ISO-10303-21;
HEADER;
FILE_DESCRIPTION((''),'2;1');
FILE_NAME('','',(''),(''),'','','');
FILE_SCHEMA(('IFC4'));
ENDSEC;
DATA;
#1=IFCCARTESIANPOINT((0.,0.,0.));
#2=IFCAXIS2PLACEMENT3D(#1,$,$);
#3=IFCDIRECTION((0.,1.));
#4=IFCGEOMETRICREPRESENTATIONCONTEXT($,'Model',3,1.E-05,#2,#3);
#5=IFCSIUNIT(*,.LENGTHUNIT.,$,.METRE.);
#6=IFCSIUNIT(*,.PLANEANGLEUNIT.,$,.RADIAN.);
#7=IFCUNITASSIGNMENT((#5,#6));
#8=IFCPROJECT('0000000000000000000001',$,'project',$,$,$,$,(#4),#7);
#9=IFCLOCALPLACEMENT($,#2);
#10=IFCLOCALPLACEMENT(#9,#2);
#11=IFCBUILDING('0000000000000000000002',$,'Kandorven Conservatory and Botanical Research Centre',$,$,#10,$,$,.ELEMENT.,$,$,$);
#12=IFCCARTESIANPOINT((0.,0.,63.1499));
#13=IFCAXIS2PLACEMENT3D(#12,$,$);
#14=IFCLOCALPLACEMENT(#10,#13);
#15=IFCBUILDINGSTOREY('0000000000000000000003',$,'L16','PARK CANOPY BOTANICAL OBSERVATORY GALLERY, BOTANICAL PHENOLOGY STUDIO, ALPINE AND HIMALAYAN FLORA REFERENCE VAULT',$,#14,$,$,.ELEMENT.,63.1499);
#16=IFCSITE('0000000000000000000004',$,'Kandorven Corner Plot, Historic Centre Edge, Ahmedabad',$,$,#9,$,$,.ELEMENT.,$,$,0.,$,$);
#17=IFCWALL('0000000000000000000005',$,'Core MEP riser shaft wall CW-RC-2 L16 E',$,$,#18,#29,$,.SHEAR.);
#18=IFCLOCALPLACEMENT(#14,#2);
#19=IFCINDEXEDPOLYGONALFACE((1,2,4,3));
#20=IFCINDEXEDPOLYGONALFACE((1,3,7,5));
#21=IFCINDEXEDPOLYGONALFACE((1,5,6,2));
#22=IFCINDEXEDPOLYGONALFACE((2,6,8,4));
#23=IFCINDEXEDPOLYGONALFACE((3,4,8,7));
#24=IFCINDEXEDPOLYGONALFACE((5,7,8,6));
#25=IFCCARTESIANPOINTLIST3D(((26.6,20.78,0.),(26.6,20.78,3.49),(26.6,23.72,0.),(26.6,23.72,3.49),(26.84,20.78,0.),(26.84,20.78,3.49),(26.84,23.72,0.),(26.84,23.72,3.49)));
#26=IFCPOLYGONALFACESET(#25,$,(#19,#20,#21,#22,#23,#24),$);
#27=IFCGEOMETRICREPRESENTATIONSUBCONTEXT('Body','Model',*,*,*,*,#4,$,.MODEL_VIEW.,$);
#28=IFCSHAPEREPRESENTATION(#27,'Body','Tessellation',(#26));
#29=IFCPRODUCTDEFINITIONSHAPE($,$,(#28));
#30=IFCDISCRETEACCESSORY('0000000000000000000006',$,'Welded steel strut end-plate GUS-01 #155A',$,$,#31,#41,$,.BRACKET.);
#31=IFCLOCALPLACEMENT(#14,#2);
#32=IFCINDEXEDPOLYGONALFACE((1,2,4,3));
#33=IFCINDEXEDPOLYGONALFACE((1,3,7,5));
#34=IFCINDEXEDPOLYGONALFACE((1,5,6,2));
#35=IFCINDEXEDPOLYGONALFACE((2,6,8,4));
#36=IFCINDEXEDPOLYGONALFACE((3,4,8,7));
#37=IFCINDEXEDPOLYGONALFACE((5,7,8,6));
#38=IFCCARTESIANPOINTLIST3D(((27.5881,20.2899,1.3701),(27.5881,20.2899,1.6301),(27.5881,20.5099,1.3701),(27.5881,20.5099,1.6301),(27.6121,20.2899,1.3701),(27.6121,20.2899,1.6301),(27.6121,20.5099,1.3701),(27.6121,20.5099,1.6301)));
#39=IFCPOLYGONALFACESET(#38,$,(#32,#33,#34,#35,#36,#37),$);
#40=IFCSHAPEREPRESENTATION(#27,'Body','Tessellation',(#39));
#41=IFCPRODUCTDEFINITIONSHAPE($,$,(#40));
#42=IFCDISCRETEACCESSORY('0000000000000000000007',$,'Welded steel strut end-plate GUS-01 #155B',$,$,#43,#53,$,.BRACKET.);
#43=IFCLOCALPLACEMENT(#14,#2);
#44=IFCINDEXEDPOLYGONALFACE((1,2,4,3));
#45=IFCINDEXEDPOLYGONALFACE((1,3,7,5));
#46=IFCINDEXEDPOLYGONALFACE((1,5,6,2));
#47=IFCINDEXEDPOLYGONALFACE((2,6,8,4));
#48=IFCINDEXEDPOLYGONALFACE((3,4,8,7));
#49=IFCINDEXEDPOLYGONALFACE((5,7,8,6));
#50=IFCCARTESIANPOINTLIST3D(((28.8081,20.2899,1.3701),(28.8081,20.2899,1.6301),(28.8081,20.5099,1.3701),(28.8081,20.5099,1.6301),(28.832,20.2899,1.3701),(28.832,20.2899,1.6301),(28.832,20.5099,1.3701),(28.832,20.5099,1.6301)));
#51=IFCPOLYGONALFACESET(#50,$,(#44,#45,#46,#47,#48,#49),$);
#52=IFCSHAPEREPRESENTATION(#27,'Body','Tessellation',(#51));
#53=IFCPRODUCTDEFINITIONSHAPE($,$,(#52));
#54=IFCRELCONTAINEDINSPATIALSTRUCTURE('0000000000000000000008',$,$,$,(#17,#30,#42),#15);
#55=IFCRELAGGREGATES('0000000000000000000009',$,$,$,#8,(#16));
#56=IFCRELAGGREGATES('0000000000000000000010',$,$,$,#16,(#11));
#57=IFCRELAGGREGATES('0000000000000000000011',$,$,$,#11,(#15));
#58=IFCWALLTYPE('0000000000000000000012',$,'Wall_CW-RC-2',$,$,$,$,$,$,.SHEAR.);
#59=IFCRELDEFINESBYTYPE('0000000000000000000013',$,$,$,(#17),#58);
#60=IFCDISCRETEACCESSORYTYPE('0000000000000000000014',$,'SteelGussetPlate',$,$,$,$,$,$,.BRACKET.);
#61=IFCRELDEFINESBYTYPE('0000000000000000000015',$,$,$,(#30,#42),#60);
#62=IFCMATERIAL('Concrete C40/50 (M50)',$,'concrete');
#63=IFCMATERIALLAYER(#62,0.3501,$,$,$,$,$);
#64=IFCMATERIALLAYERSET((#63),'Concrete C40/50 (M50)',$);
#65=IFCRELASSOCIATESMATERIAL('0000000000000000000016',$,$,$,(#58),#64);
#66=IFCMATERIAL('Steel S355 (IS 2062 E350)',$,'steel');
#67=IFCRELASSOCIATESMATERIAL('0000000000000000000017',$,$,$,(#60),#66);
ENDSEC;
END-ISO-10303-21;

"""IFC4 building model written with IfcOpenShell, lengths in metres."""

from ifc_helpers import new_model, si_unit, direction, frame, frame_2d, origin, origin_2d, place, context, subcontext, project, spatial, rectangle, extrude, material, layer, layer_set, type_object, element, save


model = new_model("IFC4")

# Units and contexts
model_context = context("Model", 3, precision=1e-05, world=origin(), true_north=direction((0.0, 1.0)))
body_context = subcontext(model_context, "Body", "Model", "MODEL_VIEW")
ifc_project = project(units=[si_unit("LENGTHUNIT", "METRE"), si_unit("PLANEANGLEUNIT", "RADIAN")], contexts=[model_context])

# Site, building, storey
site_placement = place(None, origin())
site = spatial("IfcSite", under=ifc_project, at=site_placement, Name="Kandorven Corner Plot, Historic Centre Edge, Ahmedabad", CompositionType="ELEMENT", RefElevation=0.0)
building_placement = place(site_placement, origin())
building = spatial("IfcBuilding", under=site, at=building_placement, Name="Kandorven Conservatory and Botanical Research Centre", CompositionType="ELEMENT")
storey_placement = place(building_placement, frame((0.0, 0.0, 63.1499)))
storey = spatial("IfcBuildingStorey", under=building, at=storey_placement, Name="L16", Description="PARK CANOPY BOTANICAL OBSERVATORY GALLERY, BOTANICAL PHENOLOGY STUDIO, ALPINE AND HIMALAYAN FLORA REFERENCE VAULT", CompositionType="ELEMENT", Elevation=63.1499)

# Wall
ifc_material_1 = material(Name="Concrete C40/50 (M50)", Category="concrete")
ifc_layer_1 = layer(ifc_material_1, 0.3501)
ifc_layer_set_1 = layer_set([ifc_layer_1], Name="Concrete C40/50 (M50)")
wall_type = type_object("IfcWallType", Name="Wall_CW-RC-2", PredefinedType="SHEAR", material=ifc_layer_set_1)
wall_placement = place(storey_placement, frame((26.72, 20.78, 0.0), z_axis=(0.0, 0.0, 1.0), x_axis=(0.0, 1.0, 0.0)))
element("IfcWall", 1, at=wall_placement, inside=storey, type_object=wall_type, Name="Core MEP riser shaft wall CW-RC-2 L16 E", PredefinedType="SHEAR", context=body_context, shape_type="SweptSolid", body=[
    extrude(rectangle(XDim=2.9399, YDim=0.24, at=frame_2d((1.47, 0.0))), origin(), (0.0, 0.0, 1.0), 3.49),
])

# Discrete accessories
ifc_material_2 = material(Name="Steel S355 (IS 2062 E350)", Category="steel")
discrete_accessory_type = type_object("IfcDiscreteAccessoryType", Name="SteelGussetPlate", PredefinedType="BRACKET", material=ifc_material_2)
for number, where, z_axis, x_axis, name in (
    (2, (27.6001, 20.3999, 1.3701), (0.0, 0.0, 1.0), (1.0, 0.0, 0.0), "Welded steel strut end-plate GUS-01 #155A"),
    (3, (28.8201, 20.3999, 1.3701), (0.0, 0.0, 1.0), (1.0, 0.0, 0.0), "Welded steel strut end-plate GUS-01 #155B"),
):
    element("IfcDiscreteAccessory", number, at=place(storey_placement, frame(where, z_axis=z_axis, x_axis=x_axis)), inside=storey, type_object=discrete_accessory_type, Name=name, PredefinedType="BRACKET", context=body_context, shape_type="SweptSolid", body=[
        extrude(rectangle(XDim=0.0239, YDim=0.22, at=origin_2d()), origin(), (0.0, 0.0, 1.0), 0.26),
    ])

save(model, "model.ifc")
